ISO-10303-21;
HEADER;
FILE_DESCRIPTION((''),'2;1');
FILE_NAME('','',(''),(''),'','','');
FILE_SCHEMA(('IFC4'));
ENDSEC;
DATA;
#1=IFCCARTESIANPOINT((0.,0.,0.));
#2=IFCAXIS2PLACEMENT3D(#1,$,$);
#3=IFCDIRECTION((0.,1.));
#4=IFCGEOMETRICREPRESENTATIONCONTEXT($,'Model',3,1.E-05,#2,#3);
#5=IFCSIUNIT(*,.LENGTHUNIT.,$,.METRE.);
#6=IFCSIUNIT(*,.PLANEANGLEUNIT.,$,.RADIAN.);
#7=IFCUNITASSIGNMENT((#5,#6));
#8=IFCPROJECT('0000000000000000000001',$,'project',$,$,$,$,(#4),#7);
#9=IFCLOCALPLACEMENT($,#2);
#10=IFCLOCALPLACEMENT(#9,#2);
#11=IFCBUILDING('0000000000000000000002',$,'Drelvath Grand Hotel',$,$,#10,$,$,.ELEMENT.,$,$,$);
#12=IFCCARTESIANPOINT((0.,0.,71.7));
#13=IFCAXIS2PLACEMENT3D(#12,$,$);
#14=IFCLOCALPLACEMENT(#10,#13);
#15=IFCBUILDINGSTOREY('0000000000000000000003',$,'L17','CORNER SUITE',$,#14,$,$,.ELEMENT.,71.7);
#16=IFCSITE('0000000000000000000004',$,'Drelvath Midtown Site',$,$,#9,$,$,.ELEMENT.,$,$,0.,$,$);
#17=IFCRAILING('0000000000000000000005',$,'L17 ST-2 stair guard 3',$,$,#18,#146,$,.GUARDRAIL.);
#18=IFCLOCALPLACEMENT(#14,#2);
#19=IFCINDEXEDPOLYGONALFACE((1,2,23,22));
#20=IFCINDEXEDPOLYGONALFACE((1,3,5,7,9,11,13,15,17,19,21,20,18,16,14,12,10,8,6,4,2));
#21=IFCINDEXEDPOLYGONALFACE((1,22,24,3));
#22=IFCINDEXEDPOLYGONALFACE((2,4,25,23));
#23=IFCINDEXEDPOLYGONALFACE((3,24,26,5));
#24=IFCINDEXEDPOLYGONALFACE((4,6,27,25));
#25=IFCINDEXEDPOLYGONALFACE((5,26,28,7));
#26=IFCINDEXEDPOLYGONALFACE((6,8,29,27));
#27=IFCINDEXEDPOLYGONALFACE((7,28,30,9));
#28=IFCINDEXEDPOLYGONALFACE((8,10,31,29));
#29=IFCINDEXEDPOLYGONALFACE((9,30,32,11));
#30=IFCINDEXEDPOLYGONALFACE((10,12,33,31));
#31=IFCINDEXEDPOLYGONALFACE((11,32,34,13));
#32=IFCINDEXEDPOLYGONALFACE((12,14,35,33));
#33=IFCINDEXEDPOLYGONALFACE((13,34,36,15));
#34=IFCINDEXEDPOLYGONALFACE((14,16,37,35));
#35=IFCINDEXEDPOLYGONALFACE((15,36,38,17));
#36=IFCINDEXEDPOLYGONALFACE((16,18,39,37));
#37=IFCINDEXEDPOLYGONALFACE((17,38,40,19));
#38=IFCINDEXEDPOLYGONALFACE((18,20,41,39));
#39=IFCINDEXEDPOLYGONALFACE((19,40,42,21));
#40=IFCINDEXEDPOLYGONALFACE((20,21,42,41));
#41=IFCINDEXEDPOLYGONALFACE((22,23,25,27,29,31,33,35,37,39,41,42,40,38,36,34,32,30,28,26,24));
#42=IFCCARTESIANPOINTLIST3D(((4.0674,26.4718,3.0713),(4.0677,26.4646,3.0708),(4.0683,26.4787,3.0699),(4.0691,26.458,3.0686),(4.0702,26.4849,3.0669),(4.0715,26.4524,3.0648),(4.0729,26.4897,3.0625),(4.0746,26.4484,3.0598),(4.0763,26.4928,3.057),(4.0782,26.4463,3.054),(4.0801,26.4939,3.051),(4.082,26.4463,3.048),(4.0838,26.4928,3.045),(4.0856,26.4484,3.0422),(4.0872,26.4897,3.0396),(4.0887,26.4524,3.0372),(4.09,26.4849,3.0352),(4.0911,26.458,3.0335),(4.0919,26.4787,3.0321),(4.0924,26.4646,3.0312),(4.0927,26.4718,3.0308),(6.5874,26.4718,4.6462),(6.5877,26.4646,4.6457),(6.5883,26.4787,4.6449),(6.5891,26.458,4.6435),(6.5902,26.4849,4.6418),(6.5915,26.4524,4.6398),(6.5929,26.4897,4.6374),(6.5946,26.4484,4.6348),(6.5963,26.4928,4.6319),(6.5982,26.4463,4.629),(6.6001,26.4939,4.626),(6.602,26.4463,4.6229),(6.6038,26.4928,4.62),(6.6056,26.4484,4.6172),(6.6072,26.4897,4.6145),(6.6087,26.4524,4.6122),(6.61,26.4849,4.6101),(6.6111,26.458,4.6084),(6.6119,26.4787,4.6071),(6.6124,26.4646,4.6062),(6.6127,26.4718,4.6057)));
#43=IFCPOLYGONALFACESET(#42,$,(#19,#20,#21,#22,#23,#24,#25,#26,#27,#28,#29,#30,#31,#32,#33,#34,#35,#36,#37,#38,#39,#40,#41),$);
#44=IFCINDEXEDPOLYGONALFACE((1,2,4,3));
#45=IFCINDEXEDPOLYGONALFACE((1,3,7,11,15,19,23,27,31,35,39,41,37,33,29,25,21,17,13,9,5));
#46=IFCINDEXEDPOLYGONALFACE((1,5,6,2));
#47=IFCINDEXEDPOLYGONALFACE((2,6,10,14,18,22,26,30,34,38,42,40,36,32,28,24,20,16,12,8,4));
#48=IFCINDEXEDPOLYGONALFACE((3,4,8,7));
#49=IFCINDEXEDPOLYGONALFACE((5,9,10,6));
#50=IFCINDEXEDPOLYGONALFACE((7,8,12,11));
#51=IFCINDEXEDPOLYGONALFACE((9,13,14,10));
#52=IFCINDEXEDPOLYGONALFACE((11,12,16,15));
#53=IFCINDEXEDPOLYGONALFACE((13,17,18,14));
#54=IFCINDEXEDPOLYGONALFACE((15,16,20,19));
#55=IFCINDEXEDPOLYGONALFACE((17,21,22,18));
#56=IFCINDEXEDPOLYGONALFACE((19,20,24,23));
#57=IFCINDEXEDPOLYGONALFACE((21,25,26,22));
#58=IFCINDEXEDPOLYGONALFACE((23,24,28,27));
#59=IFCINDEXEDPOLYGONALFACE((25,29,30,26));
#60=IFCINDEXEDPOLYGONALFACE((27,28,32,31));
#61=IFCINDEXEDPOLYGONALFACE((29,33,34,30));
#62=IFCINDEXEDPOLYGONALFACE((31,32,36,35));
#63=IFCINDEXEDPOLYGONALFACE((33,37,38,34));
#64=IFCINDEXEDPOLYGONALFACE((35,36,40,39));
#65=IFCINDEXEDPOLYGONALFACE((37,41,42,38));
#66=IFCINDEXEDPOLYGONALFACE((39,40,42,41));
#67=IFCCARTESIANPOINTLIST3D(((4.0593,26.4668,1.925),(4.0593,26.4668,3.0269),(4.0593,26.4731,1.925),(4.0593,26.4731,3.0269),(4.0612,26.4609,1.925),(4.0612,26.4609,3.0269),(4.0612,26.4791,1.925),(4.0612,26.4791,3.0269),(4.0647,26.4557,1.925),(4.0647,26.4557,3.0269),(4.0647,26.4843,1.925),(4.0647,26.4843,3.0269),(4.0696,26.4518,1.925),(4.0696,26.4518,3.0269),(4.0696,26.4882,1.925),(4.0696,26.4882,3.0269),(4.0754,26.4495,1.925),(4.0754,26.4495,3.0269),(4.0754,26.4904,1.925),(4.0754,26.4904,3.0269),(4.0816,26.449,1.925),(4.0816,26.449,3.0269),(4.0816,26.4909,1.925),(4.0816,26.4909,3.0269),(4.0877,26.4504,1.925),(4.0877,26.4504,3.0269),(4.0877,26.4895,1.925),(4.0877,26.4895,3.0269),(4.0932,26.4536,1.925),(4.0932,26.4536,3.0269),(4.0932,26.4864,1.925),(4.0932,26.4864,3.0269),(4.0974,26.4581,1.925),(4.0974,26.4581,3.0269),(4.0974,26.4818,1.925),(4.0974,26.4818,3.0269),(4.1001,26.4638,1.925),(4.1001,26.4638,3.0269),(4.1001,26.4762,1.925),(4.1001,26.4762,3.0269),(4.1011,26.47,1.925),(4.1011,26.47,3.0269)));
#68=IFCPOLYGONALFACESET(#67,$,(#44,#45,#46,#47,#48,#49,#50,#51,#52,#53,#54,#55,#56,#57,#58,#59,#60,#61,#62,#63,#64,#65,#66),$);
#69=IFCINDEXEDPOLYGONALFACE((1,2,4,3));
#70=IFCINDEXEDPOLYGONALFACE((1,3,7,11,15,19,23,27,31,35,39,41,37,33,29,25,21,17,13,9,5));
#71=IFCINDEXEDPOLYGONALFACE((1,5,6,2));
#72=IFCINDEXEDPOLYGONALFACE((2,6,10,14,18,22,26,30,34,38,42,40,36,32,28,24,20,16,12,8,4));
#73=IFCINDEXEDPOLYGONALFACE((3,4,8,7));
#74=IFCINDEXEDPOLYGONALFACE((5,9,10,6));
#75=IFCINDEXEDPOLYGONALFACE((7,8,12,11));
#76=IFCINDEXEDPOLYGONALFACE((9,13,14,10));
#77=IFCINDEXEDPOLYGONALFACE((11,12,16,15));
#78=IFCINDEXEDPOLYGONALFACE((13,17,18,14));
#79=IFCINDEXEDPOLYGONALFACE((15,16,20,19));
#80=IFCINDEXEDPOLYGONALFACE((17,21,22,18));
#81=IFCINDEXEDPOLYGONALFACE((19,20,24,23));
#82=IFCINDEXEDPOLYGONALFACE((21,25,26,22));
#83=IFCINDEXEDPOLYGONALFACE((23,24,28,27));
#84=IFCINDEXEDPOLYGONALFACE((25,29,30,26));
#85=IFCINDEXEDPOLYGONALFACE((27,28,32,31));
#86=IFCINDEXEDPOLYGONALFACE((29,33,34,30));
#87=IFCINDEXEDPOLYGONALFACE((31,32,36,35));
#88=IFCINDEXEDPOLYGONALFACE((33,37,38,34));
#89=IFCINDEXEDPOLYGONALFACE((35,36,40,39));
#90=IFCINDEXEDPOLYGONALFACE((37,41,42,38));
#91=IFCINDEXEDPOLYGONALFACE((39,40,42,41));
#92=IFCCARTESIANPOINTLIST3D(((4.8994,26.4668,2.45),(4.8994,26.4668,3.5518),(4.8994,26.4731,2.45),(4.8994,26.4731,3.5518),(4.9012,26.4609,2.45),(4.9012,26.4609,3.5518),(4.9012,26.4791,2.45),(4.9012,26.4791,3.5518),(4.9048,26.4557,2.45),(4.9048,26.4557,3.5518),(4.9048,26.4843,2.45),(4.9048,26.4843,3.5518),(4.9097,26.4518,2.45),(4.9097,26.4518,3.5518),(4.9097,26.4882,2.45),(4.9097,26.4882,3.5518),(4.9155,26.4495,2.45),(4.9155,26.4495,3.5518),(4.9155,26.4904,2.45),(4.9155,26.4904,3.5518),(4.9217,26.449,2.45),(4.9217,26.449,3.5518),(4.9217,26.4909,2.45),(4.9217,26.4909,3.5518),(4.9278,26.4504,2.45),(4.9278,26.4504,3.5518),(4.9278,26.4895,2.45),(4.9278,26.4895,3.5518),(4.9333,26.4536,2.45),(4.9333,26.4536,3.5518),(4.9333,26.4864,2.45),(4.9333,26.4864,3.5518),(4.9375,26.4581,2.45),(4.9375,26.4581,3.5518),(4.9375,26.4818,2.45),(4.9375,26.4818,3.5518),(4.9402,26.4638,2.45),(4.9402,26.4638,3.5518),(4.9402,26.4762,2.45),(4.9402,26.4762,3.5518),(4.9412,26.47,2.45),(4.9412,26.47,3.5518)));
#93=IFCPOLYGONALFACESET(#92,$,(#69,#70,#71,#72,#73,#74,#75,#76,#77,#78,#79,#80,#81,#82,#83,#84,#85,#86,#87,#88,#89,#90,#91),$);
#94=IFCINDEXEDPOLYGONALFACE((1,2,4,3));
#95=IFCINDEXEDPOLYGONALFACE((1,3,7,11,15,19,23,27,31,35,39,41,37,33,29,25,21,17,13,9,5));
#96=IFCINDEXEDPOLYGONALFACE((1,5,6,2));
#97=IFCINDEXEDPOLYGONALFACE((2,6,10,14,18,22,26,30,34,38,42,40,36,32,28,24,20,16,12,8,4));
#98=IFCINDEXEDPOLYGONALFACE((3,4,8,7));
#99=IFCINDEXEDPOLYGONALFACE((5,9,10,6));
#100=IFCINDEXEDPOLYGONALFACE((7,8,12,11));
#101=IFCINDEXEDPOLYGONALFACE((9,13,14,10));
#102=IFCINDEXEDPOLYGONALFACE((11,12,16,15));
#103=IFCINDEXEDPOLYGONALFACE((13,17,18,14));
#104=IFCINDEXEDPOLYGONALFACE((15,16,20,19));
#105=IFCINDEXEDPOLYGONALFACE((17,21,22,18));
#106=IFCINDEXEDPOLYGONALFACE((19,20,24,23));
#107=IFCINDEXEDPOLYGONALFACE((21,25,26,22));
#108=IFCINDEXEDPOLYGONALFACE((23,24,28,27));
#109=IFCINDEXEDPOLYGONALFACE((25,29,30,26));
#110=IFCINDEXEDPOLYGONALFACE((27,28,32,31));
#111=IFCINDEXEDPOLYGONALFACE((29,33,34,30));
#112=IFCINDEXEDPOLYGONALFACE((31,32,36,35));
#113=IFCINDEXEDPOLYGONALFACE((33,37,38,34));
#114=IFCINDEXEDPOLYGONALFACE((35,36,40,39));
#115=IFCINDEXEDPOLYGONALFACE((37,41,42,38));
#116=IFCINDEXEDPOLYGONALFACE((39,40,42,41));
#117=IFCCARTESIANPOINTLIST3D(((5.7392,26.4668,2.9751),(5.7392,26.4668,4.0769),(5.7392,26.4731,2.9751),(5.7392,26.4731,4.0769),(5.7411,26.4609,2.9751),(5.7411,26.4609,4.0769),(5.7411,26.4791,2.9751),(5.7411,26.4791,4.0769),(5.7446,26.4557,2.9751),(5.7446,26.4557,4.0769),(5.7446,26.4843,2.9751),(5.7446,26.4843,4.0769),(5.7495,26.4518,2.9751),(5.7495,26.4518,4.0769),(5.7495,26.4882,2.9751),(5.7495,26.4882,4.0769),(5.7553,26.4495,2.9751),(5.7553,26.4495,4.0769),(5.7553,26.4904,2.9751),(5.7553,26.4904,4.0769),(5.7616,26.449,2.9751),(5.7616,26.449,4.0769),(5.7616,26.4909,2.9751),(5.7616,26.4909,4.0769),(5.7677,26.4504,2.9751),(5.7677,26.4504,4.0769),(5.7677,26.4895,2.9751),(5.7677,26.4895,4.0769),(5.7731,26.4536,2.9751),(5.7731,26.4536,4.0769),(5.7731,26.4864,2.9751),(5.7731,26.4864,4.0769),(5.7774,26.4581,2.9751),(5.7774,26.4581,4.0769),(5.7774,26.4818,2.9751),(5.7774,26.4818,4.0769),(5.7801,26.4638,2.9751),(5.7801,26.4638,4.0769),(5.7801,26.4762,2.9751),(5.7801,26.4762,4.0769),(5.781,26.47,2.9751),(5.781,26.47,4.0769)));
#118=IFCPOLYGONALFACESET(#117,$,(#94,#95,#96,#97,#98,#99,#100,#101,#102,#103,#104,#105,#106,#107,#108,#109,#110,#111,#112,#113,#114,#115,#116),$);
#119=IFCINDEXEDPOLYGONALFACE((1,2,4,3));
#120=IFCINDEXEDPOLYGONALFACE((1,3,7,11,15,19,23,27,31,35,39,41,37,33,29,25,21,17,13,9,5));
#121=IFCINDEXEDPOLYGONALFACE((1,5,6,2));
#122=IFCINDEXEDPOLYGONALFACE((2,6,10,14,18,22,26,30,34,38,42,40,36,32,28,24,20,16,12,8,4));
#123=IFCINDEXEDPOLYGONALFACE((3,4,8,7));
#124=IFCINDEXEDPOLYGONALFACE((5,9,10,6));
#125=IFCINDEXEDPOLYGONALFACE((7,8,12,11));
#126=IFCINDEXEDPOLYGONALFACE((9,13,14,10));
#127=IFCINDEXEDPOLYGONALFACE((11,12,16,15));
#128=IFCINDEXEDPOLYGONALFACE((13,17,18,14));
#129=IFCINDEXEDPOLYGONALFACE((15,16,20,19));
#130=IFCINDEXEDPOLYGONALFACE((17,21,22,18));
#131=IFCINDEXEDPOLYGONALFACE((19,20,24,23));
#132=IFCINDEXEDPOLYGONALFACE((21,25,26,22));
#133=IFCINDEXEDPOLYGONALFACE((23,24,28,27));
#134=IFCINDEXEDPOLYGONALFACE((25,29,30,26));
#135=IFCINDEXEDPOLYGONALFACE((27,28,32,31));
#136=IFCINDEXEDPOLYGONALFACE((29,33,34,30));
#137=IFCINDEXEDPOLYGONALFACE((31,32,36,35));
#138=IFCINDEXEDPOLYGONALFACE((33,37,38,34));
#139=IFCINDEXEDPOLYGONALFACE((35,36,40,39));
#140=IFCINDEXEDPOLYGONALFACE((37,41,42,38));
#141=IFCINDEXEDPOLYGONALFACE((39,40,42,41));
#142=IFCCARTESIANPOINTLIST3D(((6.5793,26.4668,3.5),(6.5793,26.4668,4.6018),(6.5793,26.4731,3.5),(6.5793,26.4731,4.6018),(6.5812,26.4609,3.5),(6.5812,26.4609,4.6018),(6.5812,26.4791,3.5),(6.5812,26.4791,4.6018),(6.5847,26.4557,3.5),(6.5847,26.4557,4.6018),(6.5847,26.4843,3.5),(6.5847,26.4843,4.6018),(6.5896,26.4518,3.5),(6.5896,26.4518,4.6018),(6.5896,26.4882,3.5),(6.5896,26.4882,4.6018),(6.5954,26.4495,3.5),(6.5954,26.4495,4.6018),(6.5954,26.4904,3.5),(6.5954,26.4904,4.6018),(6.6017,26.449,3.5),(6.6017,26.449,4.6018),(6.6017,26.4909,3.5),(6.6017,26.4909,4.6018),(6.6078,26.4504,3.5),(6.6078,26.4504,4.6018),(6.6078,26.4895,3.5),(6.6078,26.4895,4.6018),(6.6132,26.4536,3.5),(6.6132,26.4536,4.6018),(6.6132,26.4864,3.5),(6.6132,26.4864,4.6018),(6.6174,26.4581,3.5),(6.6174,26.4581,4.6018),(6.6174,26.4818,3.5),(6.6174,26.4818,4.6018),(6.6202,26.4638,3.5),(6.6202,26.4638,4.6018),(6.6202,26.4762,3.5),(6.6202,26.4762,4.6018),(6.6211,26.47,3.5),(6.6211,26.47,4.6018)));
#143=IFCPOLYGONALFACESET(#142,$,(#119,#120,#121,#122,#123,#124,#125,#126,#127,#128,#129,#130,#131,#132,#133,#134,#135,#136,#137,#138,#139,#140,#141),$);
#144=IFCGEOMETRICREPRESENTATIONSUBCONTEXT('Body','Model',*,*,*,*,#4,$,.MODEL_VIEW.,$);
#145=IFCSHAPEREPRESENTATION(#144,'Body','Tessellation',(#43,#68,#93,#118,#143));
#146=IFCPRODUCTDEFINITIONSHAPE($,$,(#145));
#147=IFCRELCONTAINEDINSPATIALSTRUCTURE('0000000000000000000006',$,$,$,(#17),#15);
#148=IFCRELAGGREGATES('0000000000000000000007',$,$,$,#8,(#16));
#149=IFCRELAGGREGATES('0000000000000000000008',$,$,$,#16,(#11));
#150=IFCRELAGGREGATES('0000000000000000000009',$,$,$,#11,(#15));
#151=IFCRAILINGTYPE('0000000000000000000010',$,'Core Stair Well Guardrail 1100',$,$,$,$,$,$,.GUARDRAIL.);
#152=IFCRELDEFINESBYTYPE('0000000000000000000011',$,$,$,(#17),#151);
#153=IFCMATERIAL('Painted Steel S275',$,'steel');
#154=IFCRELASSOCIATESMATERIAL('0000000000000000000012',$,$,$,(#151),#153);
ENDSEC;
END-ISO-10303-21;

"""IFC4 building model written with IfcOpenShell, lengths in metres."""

from ifc_helpers import new_model, si_unit, direction, frame, origin, origin_2d, place, context, subcontext, project, spatial, circle, extrude, material, type_object, element, save


model = new_model("IFC4")

# Units and contexts
model_context = context("Model", 3, precision=1e-05, world=origin(), true_north=direction((0.0, 1.0)))
body_context = subcontext(model_context, "Body", "Model", "MODEL_VIEW")
ifc_project = project(units=[si_unit("LENGTHUNIT", "METRE"), si_unit("PLANEANGLEUNIT", "RADIAN")], contexts=[model_context])

# Site, building, storey
site_placement = place(None, origin())
site = spatial("IfcSite", under=ifc_project, at=site_placement, Name="Drelvath Midtown Site", CompositionType="ELEMENT", RefElevation=0.0)
building_placement = place(site_placement, origin())
building = spatial("IfcBuilding", under=site, at=building_placement, Name="Drelvath Grand Hotel", CompositionType="ELEMENT")
storey_placement = place(building_placement, frame((0.0, 0.0, 71.7)))
storey = spatial("IfcBuildingStorey", under=building, at=storey_placement, Name="L17", Description="CORNER SUITE", CompositionType="ELEMENT", Elevation=71.7)

# Shared definitions
ifc_material_1 = material(Name="Painted Steel S275", Category="steel")

# Railing
railing_type_1 = type_object("IfcRailingType", Name="Core Stair Well Guardrail 1100", PredefinedType="GUARDRAIL", material=ifc_material_1)
railing_1_placement = place(storey_placement, frame((4.0801, 26.47, 1.925)))
element("IfcRailing", 1, at=railing_1_placement, inside=storey, type_object=railing_type_1, Name="L17 ST-2 stair guard 3", PredefinedType="GUARDRAIL", context=body_context, shape_type="SweptSolid", body=[
    extrude(circle(Radius=0.0239, at=origin_2d()), frame((0.0, 0.0, 1.126), z_axis=(0.848008, 0.0, 0.529984), x_axis=(0.0, 1.0, 0.0)), (0.0, 0.0, 1.0), 2.9717),
    extrude(circle(Radius=0.021, at=origin_2d()), origin(), (0.0, 0.0, 1.0), 1.1018),
    extrude(circle(Radius=0.021, at=origin_2d()), frame((0.8401, 0.0, 0.5249)), (0.0, 0.0, 1.0), 1.1018),
    extrude(circle(Radius=0.021, at=origin_2d()), frame((1.6799, 0.0, 1.05)), (0.0, 0.0, 1.0), 1.1018),
    extrude(circle(Radius=0.021, at=origin_2d()), frame((2.52, 0.0, 1.575)), (0.0, 0.0, 1.0), 1.1018),
])

save(model, "model.ifc")
